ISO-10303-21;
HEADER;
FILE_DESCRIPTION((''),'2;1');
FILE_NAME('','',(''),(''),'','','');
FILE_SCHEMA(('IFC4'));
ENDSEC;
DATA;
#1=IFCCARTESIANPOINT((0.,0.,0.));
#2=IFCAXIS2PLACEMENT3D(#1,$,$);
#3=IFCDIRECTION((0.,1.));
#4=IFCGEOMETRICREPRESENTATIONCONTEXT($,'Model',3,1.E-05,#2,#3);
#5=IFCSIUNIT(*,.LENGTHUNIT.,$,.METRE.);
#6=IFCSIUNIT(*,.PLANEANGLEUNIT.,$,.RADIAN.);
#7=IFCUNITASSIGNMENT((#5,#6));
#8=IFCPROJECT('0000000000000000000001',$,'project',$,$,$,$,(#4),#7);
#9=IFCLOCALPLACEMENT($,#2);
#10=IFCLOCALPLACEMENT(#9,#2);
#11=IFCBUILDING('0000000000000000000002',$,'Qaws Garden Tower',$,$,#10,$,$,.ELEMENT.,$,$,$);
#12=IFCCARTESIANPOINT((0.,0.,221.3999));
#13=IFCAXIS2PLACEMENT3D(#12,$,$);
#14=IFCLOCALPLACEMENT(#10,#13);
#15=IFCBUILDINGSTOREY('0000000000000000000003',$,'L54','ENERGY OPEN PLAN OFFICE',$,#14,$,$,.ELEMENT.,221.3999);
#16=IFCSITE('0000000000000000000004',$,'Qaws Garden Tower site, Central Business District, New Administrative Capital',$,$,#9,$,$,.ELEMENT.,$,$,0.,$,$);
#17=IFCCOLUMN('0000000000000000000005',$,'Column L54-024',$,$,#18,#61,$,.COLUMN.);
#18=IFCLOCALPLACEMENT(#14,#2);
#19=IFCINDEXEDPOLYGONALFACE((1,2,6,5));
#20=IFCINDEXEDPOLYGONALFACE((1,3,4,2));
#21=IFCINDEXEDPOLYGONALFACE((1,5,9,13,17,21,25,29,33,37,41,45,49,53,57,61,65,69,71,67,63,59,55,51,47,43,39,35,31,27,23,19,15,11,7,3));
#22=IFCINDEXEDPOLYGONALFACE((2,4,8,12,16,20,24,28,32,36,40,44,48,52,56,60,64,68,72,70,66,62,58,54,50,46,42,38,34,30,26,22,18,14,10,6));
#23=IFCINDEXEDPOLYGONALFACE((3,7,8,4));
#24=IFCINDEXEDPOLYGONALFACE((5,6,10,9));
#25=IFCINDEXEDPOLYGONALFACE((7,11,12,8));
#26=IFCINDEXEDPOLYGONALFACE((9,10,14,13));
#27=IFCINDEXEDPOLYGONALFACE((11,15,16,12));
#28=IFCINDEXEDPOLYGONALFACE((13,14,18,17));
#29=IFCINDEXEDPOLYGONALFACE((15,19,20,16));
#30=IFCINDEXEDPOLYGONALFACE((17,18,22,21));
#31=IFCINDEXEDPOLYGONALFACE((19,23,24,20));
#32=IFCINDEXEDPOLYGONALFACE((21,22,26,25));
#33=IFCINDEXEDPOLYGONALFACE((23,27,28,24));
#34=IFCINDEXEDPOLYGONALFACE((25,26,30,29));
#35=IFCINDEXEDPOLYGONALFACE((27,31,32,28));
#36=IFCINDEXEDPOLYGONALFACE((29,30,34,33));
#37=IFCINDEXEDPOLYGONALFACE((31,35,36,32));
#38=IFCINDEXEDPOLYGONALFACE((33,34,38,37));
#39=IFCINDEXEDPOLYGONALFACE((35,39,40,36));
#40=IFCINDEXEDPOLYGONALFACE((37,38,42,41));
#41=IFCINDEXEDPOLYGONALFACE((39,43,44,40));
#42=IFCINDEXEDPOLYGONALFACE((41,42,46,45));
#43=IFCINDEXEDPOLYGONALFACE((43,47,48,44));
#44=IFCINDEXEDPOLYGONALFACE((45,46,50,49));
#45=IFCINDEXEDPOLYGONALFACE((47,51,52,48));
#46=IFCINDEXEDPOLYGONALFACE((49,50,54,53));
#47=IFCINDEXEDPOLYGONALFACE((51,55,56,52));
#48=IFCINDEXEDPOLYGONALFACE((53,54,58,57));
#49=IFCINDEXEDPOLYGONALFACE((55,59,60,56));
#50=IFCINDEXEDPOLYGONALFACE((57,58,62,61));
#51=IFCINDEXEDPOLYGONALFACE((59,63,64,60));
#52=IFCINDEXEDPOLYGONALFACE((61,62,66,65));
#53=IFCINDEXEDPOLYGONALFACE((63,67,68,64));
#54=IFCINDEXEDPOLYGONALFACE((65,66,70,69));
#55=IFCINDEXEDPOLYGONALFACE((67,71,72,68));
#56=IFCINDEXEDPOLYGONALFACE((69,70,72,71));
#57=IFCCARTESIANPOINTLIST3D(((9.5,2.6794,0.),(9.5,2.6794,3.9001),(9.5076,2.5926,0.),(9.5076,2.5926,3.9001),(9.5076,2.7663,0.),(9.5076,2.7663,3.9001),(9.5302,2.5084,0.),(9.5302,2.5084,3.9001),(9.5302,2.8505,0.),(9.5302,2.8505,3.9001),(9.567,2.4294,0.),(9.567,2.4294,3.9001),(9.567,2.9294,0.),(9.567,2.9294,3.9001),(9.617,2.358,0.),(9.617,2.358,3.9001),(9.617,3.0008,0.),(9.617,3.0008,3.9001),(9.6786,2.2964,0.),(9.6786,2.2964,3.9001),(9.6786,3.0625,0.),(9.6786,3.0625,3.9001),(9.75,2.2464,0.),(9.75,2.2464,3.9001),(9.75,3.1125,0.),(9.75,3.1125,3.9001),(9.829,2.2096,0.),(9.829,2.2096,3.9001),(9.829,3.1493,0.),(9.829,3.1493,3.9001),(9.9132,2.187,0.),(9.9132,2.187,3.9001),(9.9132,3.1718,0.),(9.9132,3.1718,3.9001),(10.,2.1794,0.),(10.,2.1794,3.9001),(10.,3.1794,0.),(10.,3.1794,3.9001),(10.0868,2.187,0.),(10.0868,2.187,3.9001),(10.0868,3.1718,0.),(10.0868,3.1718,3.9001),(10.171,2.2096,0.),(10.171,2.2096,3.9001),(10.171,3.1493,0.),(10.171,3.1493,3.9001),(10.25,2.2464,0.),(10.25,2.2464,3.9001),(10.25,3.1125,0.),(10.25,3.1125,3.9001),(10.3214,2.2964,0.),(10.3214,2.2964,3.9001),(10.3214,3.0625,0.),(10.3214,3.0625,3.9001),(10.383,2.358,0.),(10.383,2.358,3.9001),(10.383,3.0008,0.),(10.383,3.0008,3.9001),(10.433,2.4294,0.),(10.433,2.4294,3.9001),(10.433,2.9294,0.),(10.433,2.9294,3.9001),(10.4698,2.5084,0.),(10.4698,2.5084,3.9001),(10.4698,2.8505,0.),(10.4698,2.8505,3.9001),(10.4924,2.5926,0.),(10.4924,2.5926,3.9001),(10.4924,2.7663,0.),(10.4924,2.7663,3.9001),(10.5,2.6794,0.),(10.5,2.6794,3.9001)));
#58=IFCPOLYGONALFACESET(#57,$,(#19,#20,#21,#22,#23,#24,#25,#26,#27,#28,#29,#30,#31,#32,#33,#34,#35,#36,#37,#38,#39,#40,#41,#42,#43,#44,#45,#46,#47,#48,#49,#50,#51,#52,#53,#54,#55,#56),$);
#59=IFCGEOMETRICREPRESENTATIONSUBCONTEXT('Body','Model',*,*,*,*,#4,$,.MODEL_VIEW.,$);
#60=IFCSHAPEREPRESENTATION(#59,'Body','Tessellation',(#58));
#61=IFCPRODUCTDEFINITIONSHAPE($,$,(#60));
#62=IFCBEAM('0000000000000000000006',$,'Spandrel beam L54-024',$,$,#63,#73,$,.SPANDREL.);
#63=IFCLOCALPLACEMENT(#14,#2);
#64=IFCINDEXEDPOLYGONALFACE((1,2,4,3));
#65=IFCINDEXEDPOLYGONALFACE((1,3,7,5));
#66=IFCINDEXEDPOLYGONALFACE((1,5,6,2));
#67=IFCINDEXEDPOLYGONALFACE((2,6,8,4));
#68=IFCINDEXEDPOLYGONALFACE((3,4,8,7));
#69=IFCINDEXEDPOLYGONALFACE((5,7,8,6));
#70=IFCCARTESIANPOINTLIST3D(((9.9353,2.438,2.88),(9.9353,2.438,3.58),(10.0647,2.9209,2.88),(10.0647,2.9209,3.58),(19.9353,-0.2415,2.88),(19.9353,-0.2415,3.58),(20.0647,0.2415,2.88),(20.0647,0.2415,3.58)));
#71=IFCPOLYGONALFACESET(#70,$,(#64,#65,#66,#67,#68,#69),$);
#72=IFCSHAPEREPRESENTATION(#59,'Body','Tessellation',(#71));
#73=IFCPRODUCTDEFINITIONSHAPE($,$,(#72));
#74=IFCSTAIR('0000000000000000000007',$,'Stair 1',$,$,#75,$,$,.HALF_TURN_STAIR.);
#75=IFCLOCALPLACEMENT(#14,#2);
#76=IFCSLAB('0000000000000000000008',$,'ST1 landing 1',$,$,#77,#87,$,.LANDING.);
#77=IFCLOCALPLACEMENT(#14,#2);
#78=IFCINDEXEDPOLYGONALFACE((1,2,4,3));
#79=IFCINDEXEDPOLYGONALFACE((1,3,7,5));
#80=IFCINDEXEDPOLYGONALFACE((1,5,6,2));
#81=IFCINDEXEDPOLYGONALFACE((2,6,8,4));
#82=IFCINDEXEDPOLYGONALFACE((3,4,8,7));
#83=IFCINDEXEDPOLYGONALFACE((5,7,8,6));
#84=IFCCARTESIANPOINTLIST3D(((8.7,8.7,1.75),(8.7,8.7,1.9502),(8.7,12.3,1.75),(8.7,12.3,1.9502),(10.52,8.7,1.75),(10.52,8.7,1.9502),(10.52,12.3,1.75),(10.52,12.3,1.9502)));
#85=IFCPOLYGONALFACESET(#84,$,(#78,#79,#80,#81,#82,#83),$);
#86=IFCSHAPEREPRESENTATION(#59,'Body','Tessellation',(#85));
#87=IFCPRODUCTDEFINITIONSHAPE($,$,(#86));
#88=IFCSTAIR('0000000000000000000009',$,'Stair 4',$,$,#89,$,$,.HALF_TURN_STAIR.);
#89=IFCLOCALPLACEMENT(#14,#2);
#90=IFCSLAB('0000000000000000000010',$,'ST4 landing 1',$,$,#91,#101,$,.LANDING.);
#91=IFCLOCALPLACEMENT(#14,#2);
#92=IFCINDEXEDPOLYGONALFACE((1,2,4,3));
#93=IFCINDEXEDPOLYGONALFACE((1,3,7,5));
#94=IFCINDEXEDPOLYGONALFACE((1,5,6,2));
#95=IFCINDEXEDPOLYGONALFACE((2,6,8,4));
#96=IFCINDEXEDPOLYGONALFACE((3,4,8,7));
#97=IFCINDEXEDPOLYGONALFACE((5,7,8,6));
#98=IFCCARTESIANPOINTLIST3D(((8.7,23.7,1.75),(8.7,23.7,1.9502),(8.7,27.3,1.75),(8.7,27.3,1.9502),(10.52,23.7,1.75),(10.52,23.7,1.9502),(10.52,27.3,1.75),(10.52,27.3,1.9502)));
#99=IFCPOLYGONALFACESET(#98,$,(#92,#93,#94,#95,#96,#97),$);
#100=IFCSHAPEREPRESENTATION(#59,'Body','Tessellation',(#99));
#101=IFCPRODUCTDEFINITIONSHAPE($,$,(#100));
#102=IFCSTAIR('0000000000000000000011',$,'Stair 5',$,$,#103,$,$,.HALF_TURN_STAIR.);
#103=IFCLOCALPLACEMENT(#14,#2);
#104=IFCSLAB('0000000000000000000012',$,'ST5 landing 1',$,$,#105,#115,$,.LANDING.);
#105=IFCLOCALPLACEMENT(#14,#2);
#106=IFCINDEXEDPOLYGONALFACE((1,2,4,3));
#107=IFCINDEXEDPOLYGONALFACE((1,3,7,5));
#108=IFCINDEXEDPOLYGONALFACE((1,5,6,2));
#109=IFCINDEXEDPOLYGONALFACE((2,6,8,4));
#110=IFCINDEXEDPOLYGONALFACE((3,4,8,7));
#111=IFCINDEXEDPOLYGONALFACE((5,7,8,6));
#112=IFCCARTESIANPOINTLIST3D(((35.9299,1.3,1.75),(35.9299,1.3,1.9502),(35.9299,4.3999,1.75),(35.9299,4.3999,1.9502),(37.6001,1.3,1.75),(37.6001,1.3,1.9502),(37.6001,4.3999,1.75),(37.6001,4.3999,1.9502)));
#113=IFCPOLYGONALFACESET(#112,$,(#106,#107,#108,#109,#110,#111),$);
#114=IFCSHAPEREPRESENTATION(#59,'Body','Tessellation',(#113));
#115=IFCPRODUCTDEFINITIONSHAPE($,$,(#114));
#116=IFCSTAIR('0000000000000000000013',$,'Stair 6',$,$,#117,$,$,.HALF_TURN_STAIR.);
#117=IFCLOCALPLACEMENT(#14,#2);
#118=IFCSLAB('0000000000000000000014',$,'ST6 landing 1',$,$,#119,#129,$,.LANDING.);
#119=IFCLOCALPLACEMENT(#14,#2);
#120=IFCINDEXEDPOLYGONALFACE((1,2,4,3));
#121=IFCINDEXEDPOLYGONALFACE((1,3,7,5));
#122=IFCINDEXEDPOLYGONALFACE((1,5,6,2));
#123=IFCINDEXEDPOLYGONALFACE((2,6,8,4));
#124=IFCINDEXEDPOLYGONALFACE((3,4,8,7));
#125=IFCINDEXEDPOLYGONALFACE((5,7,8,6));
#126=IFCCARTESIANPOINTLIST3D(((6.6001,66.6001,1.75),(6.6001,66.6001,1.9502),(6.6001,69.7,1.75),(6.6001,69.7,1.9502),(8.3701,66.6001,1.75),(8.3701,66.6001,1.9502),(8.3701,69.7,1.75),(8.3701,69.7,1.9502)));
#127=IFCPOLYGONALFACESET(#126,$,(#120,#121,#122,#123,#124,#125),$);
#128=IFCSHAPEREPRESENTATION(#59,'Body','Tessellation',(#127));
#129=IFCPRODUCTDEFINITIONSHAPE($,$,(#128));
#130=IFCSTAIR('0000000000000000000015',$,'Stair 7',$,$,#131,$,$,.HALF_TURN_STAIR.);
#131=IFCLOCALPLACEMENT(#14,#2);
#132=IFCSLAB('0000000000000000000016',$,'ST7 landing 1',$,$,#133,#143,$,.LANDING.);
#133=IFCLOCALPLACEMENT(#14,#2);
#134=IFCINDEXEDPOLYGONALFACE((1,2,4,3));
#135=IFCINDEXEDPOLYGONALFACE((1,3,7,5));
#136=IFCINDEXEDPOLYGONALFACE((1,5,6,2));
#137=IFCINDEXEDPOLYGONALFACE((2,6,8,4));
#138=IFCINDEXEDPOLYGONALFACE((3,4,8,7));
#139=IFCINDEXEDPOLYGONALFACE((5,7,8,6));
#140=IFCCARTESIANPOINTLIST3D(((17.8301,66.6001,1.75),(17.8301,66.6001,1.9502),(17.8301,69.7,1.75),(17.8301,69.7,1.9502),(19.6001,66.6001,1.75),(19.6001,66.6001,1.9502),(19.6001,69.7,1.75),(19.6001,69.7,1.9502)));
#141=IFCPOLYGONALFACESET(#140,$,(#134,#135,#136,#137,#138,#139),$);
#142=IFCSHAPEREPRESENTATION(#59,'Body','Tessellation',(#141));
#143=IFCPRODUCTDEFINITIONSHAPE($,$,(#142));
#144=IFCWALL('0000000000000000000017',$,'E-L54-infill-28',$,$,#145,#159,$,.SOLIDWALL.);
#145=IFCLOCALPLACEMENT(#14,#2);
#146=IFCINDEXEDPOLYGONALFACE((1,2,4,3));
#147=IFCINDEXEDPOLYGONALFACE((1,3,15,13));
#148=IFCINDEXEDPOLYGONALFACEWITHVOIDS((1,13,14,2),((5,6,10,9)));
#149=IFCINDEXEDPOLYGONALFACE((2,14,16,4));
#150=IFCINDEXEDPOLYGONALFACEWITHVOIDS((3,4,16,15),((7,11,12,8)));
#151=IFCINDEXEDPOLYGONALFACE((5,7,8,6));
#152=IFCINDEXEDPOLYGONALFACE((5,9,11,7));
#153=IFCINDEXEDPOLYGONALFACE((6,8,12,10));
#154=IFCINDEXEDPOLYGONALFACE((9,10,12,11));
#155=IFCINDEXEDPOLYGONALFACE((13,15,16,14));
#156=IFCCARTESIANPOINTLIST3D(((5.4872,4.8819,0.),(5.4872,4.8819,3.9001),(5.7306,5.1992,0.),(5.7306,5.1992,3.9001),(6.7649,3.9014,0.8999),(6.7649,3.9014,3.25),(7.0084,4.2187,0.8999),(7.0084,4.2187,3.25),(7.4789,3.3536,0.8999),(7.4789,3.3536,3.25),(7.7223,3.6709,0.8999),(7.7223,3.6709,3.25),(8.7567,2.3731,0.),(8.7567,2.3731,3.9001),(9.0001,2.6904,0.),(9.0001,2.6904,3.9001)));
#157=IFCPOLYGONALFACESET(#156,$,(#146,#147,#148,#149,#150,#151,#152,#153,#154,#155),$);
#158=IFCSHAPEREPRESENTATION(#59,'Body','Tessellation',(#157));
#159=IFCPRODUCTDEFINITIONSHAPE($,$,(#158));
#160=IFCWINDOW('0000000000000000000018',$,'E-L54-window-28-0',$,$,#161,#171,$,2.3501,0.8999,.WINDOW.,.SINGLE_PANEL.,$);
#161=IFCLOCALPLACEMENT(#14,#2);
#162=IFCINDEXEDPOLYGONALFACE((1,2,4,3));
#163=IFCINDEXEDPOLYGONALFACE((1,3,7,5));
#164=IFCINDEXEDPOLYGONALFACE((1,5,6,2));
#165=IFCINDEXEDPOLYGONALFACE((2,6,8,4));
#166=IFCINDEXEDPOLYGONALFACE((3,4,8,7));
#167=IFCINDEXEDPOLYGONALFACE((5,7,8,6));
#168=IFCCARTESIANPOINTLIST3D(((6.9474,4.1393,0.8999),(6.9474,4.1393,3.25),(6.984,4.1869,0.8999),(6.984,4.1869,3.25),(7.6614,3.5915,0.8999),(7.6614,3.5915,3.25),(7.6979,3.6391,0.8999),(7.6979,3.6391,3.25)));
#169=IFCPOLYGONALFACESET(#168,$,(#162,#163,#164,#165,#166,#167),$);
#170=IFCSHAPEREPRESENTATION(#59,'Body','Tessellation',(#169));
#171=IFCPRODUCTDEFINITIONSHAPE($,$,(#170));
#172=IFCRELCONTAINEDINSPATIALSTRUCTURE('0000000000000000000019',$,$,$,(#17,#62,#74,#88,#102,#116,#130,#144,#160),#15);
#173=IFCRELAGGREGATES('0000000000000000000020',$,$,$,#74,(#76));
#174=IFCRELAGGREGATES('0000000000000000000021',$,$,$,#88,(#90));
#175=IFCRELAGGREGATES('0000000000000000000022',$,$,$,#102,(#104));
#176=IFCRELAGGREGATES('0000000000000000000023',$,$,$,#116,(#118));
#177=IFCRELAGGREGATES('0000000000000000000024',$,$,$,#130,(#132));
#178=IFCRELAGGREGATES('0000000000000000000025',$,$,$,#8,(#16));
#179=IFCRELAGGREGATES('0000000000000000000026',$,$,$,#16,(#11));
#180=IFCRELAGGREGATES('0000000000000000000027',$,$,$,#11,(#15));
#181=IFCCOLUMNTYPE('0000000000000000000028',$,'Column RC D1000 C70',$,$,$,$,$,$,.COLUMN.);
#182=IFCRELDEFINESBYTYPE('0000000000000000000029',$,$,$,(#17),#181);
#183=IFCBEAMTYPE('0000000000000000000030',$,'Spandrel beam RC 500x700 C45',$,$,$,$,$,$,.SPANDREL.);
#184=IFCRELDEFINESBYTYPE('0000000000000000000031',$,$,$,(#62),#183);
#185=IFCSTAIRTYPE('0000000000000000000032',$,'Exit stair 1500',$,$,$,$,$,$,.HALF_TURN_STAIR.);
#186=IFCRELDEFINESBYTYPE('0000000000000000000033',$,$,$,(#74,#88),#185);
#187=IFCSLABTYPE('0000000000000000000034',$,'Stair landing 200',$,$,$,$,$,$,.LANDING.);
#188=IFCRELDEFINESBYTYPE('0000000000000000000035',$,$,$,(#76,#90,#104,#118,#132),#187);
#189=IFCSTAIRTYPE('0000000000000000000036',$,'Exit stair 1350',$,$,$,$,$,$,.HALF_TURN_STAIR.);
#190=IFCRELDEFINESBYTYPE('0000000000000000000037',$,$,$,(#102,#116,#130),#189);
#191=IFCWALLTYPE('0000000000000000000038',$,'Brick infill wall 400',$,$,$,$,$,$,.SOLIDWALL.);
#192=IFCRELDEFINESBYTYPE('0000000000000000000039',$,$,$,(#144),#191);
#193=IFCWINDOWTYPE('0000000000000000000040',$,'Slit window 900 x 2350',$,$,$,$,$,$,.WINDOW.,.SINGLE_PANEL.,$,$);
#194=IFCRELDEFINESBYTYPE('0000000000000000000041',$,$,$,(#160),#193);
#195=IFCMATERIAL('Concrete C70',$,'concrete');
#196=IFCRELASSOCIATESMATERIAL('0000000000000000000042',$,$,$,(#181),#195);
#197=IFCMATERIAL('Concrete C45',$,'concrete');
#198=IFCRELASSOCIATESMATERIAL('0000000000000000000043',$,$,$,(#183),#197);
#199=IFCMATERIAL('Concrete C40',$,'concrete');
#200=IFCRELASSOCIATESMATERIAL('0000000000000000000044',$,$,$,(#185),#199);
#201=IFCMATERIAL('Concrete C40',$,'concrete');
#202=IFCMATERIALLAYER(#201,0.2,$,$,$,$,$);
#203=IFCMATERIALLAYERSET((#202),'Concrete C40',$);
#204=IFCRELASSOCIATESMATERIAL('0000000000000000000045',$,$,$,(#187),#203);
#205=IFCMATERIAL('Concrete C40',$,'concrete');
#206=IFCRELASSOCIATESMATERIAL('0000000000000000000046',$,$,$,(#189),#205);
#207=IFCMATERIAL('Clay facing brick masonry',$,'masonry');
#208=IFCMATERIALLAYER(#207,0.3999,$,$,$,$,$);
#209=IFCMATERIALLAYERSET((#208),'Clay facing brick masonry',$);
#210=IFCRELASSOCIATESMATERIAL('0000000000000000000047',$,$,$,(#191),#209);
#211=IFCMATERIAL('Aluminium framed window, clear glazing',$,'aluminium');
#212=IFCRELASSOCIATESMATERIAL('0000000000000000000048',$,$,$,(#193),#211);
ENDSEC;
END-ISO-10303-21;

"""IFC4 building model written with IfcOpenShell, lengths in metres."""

from ifc_helpers import new_model, si_unit, direction, frame, frame_2d, origin, origin_2d, place, context, subcontext, project, spatial, polyline, rectangle, circle, outline, extrude, material, layer, layer_set, material_profile, profile_set, type_object, element, fill, aggregate, save


model = new_model("IFC4")

# Units and contexts
model_context = context("Model", 3, precision=1e-05, world=origin(), true_north=direction((0.0, 1.0)))
body_context = subcontext(model_context, "Body", "Model", "MODEL_VIEW")
ifc_project = project(units=[si_unit("LENGTHUNIT", "METRE"), si_unit("PLANEANGLEUNIT", "RADIAN")], contexts=[model_context])

# Site, building, storey
site_placement = place(None, origin())
site = spatial("IfcSite", under=ifc_project, at=site_placement, Name="Qaws Garden Tower site, Central Business District, New Administrative Capital", CompositionType="ELEMENT", RefElevation=0.0)
building_placement = place(site_placement, origin())
building = spatial("IfcBuilding", under=site, at=building_placement, Name="Qaws Garden Tower", CompositionType="ELEMENT")
storey_placement = place(building_placement, frame((0.0, 0.0, 221.3999)))
storey = spatial("IfcBuildingStorey", under=building, at=storey_placement, Name="L54", Description="ENERGY OPEN PLAN OFFICE", CompositionType="ELEMENT", Elevation=221.3999)

# Column
ifc_material_1 = material(Name="Concrete C70", Category="concrete")
ifc_material_profile_1 = material_profile(ifc_material_1, circle(Radius=0.5, at=origin_2d()), Name="RC D1000")
ifc_profile_set_1 = profile_set([ifc_material_profile_1], Name="Concrete C70")
column_type = type_object("IfcColumnType", Name="Column RC D1000 C70", PredefinedType="COLUMN", material=ifc_profile_set_1)
column_placement = place(storey_placement, frame((10.0, 2.6794, 0.0), z_axis=(0.0, 0.0, 1.0), x_axis=(1.0, 0.0, 0.0)))
element("IfcColumn", 1, at=column_placement, inside=storey, type_object=column_type, Name="Column L54-024", PredefinedType="COLUMN", context=body_context, shape_type="SweptSolid", body=[
    extrude(circle(Radius=0.5, at=origin_2d()), origin(), (0.0, 0.0, 1.0), 3.9001),
])

# Beam
ifc_material_2 = material(Name="Concrete C45", Category="concrete")
ifc_material_profile_2 = material_profile(ifc_material_2, rectangle(XDim=0.5, YDim=0.7, at=origin_2d()), Name="RC 500x700")
ifc_profile_set_2 = profile_set([ifc_material_profile_2], Name="Concrete C45")
beam_type = type_object("IfcBeamType", Name="Spandrel beam RC 500x700 C45", PredefinedType="SPANDREL", material=ifc_profile_set_2)
beam_placement = place(storey_placement, frame((10.0, 2.6794, 3.23), z_axis=(0.965927, -0.258815, 0.0), x_axis=(0.258815, 0.965927, 0.0)))
element("IfcBeam", 2, at=beam_placement, inside=storey, type_object=beam_type, Name="Spandrel beam L54-024", PredefinedType="SPANDREL", context=body_context, shape_type="SweptSolid", body=[
    extrude(rectangle(XDim=0.5, YDim=0.7, at=origin_2d()), origin(), (0.0, 0.0, 1.0), 10.3528),
])

# Stairs, slabs
ifc_material_3 = material(Name="Concrete C40", Category="concrete")
stair_type_1 = type_object("IfcStairType", Name="Exit stair 1500", PredefinedType="HALF_TURN_STAIR", material=ifc_material_3)
placement_1 = place(storey_placement, origin())
stair_1 = element("IfcStair", 3, at=placement_1, inside=storey, type_object=stair_type_1, Name="Stair 1", PredefinedType="HALF_TURN_STAIR")
ifc_material_4 = material(Name="Concrete C40", Category="concrete")
ifc_layer_1 = layer(ifc_material_4, 0.2)
ifc_layer_set_1 = layer_set([ifc_layer_1], Name="Concrete C40")
slab_type = type_object("IfcSlabType", Name="Stair landing 200", PredefinedType="LANDING", material=ifc_layer_set_1)
placement_2 = place(storey_placement, frame((0.0, 0.0, 1.75)))
slab_1 = element("IfcSlab", 4, at=placement_2, type_object=slab_type, Name="ST1 landing 1", PredefinedType="LANDING", context=body_context, shape_type="SweptSolid", body=[
    extrude(outline(polyline([(8.7, 8.7), (10.52, 8.7), (10.52, 12.3), (8.7, 12.3), (8.7, 8.7)])), origin(), (0.0, 0.0, 1.0), 0.2002),
])
aggregate(stair_1, [slab_1])
stair_2 = element("IfcStair", 5, at=placement_1, inside=storey, type_object=stair_type_1, Name="Stair 4", PredefinedType="HALF_TURN_STAIR")
slab_2 = element("IfcSlab", 6, at=placement_2, type_object=slab_type, Name="ST4 landing 1", PredefinedType="LANDING", context=body_context, shape_type="SweptSolid", body=[
    extrude(outline(polyline([(8.7, 23.7), (10.52, 23.7), (10.52, 27.3), (8.7, 27.3), (8.7, 23.7)])), origin(), (0.0, 0.0, 1.0), 0.2002),
])
aggregate(stair_2, [slab_2])
ifc_material_5 = material(Name="Concrete C40", Category="concrete")
stair_type_2 = type_object("IfcStairType", Name="Exit stair 1350", PredefinedType="HALF_TURN_STAIR", material=ifc_material_5)
stair_3 = element("IfcStair", 7, at=placement_1, inside=storey, type_object=stair_type_2, Name="Stair 5", PredefinedType="HALF_TURN_STAIR")
slab_3 = element("IfcSlab", 8, at=placement_2, type_object=slab_type, Name="ST5 landing 1", PredefinedType="LANDING", context=body_context, shape_type="SweptSolid", body=[
    extrude(outline(polyline([(35.9299, 1.3), (37.6001, 1.3), (37.6001, 4.3999), (35.9299, 4.3999), (35.9299, 1.3)])), origin(), (0.0, 0.0, 1.0), 0.2002),
])
aggregate(stair_3, [slab_3])
stair_4 = element("IfcStair", 9, at=placement_1, inside=storey, type_object=stair_type_2, Name="Stair 6", PredefinedType="HALF_TURN_STAIR")
slab_4 = element("IfcSlab", 10, at=placement_2, type_object=slab_type, Name="ST6 landing 1", PredefinedType="LANDING", context=body_context, shape_type="SweptSolid", body=[
    extrude(outline(polyline([(6.6001, 66.6001), (8.3701, 66.6001), (8.3701, 69.7), (6.6001, 69.7), (6.6001, 66.6001)])), origin(), (0.0, 0.0, 1.0), 0.2002),
])
aggregate(stair_4, [slab_4])
stair_5 = element("IfcStair", 11, at=placement_1, inside=storey, type_object=stair_type_2, Name="Stair 7", PredefinedType="HALF_TURN_STAIR")
slab_5 = element("IfcSlab", 12, at=placement_2, type_object=slab_type, Name="ST7 landing 1", PredefinedType="LANDING", context=body_context, shape_type="SweptSolid", body=[
    extrude(outline(polyline([(17.8301, 66.6001), (19.6001, 66.6001), (19.6001, 69.7), (17.8301, 69.7), (17.8301, 66.6001)])), origin(), (0.0, 0.0, 1.0), 0.2002),
])
aggregate(stair_5, [slab_5])

# Wall, opening, window
ifc_material_6 = material(Name="Clay facing brick masonry", Category="masonry")
ifc_layer_2 = layer(ifc_material_6, 0.3999)
ifc_layer_set_2 = layer_set([ifc_layer_2], Name="Clay facing brick masonry")
wall_type_1 = type_object("IfcWallType", Name="Brick infill wall 400", PredefinedType="SOLIDWALL", material=ifc_layer_set_2)
wall_1_placement = place(storey_placement, frame((5.6089, 5.0405, 0.0), z_axis=(0.0, 0.0, 1.0), x_axis=(0.793355, -0.60876, 0.0)))
wall_1 = element("IfcWall", 13, at=wall_1_placement, inside=storey, type_object=wall_type_1, Name="E-L54-infill-28", PredefinedType="SOLIDWALL", context=body_context, shape_type="SweptSolid", body=[
    extrude(rectangle(XDim=4.1211, YDim=0.3999, at=frame_2d((2.0605, 0.0))), origin(), (0.0, 0.0, 1.0), 3.9001),
])
opening_1_placement = place(wall_1_placement, frame((1.6106, 0.0, 0.8999)))
opening_1 = element("IfcOpeningElement", 14, at=opening_1_placement, cuts=wall_1, PredefinedType="OPENING", context=body_context, shape_type="SweptSolid", body=[
    extrude(rectangle(XDim=0.8999, YDim=2.3501, at=frame_2d((0.45, 1.175))), frame((0.0, 0.21, 0.0), z_axis=(0.0, -1.0, 0.0), x_axis=(1.0, 0.0, 0.0)), (0.0, 0.0, 1.0), 0.4199),
])
ifc_material_7 = material(Name="Aluminium framed window, clear glazing", Category="aluminium")
window_type = type_object("IfcWindowType", Name="Slit window 900 x 2350", PartitioningType="SINGLE_PANEL", PredefinedType="WINDOW", material=ifc_material_7)
window_1_placement = place(opening_1_placement, origin())
window_1 = element("IfcWindow", 15, at=window_1_placement, inside=storey, type_object=window_type, Name="E-L54-window-28-0", OverallHeight=2.3501, OverallWidth=0.8999, PartitioningType="SINGLE_PANEL", PredefinedType="WINDOW", context=body_context, shape_type="SweptSolid", body=[
    extrude(rectangle(XDim=0.8999, YDim=2.3501, at=frame_2d((0.45, 1.175))), frame((0.0, 0.1599, 0.0), z_axis=(0.0, -1.0, 0.0), x_axis=(1.0, 0.0, 0.0)), (0.0, 0.0, 1.0), 0.0601),
])
fill(opening_1, window_1)

save(model, "model.ifc")
